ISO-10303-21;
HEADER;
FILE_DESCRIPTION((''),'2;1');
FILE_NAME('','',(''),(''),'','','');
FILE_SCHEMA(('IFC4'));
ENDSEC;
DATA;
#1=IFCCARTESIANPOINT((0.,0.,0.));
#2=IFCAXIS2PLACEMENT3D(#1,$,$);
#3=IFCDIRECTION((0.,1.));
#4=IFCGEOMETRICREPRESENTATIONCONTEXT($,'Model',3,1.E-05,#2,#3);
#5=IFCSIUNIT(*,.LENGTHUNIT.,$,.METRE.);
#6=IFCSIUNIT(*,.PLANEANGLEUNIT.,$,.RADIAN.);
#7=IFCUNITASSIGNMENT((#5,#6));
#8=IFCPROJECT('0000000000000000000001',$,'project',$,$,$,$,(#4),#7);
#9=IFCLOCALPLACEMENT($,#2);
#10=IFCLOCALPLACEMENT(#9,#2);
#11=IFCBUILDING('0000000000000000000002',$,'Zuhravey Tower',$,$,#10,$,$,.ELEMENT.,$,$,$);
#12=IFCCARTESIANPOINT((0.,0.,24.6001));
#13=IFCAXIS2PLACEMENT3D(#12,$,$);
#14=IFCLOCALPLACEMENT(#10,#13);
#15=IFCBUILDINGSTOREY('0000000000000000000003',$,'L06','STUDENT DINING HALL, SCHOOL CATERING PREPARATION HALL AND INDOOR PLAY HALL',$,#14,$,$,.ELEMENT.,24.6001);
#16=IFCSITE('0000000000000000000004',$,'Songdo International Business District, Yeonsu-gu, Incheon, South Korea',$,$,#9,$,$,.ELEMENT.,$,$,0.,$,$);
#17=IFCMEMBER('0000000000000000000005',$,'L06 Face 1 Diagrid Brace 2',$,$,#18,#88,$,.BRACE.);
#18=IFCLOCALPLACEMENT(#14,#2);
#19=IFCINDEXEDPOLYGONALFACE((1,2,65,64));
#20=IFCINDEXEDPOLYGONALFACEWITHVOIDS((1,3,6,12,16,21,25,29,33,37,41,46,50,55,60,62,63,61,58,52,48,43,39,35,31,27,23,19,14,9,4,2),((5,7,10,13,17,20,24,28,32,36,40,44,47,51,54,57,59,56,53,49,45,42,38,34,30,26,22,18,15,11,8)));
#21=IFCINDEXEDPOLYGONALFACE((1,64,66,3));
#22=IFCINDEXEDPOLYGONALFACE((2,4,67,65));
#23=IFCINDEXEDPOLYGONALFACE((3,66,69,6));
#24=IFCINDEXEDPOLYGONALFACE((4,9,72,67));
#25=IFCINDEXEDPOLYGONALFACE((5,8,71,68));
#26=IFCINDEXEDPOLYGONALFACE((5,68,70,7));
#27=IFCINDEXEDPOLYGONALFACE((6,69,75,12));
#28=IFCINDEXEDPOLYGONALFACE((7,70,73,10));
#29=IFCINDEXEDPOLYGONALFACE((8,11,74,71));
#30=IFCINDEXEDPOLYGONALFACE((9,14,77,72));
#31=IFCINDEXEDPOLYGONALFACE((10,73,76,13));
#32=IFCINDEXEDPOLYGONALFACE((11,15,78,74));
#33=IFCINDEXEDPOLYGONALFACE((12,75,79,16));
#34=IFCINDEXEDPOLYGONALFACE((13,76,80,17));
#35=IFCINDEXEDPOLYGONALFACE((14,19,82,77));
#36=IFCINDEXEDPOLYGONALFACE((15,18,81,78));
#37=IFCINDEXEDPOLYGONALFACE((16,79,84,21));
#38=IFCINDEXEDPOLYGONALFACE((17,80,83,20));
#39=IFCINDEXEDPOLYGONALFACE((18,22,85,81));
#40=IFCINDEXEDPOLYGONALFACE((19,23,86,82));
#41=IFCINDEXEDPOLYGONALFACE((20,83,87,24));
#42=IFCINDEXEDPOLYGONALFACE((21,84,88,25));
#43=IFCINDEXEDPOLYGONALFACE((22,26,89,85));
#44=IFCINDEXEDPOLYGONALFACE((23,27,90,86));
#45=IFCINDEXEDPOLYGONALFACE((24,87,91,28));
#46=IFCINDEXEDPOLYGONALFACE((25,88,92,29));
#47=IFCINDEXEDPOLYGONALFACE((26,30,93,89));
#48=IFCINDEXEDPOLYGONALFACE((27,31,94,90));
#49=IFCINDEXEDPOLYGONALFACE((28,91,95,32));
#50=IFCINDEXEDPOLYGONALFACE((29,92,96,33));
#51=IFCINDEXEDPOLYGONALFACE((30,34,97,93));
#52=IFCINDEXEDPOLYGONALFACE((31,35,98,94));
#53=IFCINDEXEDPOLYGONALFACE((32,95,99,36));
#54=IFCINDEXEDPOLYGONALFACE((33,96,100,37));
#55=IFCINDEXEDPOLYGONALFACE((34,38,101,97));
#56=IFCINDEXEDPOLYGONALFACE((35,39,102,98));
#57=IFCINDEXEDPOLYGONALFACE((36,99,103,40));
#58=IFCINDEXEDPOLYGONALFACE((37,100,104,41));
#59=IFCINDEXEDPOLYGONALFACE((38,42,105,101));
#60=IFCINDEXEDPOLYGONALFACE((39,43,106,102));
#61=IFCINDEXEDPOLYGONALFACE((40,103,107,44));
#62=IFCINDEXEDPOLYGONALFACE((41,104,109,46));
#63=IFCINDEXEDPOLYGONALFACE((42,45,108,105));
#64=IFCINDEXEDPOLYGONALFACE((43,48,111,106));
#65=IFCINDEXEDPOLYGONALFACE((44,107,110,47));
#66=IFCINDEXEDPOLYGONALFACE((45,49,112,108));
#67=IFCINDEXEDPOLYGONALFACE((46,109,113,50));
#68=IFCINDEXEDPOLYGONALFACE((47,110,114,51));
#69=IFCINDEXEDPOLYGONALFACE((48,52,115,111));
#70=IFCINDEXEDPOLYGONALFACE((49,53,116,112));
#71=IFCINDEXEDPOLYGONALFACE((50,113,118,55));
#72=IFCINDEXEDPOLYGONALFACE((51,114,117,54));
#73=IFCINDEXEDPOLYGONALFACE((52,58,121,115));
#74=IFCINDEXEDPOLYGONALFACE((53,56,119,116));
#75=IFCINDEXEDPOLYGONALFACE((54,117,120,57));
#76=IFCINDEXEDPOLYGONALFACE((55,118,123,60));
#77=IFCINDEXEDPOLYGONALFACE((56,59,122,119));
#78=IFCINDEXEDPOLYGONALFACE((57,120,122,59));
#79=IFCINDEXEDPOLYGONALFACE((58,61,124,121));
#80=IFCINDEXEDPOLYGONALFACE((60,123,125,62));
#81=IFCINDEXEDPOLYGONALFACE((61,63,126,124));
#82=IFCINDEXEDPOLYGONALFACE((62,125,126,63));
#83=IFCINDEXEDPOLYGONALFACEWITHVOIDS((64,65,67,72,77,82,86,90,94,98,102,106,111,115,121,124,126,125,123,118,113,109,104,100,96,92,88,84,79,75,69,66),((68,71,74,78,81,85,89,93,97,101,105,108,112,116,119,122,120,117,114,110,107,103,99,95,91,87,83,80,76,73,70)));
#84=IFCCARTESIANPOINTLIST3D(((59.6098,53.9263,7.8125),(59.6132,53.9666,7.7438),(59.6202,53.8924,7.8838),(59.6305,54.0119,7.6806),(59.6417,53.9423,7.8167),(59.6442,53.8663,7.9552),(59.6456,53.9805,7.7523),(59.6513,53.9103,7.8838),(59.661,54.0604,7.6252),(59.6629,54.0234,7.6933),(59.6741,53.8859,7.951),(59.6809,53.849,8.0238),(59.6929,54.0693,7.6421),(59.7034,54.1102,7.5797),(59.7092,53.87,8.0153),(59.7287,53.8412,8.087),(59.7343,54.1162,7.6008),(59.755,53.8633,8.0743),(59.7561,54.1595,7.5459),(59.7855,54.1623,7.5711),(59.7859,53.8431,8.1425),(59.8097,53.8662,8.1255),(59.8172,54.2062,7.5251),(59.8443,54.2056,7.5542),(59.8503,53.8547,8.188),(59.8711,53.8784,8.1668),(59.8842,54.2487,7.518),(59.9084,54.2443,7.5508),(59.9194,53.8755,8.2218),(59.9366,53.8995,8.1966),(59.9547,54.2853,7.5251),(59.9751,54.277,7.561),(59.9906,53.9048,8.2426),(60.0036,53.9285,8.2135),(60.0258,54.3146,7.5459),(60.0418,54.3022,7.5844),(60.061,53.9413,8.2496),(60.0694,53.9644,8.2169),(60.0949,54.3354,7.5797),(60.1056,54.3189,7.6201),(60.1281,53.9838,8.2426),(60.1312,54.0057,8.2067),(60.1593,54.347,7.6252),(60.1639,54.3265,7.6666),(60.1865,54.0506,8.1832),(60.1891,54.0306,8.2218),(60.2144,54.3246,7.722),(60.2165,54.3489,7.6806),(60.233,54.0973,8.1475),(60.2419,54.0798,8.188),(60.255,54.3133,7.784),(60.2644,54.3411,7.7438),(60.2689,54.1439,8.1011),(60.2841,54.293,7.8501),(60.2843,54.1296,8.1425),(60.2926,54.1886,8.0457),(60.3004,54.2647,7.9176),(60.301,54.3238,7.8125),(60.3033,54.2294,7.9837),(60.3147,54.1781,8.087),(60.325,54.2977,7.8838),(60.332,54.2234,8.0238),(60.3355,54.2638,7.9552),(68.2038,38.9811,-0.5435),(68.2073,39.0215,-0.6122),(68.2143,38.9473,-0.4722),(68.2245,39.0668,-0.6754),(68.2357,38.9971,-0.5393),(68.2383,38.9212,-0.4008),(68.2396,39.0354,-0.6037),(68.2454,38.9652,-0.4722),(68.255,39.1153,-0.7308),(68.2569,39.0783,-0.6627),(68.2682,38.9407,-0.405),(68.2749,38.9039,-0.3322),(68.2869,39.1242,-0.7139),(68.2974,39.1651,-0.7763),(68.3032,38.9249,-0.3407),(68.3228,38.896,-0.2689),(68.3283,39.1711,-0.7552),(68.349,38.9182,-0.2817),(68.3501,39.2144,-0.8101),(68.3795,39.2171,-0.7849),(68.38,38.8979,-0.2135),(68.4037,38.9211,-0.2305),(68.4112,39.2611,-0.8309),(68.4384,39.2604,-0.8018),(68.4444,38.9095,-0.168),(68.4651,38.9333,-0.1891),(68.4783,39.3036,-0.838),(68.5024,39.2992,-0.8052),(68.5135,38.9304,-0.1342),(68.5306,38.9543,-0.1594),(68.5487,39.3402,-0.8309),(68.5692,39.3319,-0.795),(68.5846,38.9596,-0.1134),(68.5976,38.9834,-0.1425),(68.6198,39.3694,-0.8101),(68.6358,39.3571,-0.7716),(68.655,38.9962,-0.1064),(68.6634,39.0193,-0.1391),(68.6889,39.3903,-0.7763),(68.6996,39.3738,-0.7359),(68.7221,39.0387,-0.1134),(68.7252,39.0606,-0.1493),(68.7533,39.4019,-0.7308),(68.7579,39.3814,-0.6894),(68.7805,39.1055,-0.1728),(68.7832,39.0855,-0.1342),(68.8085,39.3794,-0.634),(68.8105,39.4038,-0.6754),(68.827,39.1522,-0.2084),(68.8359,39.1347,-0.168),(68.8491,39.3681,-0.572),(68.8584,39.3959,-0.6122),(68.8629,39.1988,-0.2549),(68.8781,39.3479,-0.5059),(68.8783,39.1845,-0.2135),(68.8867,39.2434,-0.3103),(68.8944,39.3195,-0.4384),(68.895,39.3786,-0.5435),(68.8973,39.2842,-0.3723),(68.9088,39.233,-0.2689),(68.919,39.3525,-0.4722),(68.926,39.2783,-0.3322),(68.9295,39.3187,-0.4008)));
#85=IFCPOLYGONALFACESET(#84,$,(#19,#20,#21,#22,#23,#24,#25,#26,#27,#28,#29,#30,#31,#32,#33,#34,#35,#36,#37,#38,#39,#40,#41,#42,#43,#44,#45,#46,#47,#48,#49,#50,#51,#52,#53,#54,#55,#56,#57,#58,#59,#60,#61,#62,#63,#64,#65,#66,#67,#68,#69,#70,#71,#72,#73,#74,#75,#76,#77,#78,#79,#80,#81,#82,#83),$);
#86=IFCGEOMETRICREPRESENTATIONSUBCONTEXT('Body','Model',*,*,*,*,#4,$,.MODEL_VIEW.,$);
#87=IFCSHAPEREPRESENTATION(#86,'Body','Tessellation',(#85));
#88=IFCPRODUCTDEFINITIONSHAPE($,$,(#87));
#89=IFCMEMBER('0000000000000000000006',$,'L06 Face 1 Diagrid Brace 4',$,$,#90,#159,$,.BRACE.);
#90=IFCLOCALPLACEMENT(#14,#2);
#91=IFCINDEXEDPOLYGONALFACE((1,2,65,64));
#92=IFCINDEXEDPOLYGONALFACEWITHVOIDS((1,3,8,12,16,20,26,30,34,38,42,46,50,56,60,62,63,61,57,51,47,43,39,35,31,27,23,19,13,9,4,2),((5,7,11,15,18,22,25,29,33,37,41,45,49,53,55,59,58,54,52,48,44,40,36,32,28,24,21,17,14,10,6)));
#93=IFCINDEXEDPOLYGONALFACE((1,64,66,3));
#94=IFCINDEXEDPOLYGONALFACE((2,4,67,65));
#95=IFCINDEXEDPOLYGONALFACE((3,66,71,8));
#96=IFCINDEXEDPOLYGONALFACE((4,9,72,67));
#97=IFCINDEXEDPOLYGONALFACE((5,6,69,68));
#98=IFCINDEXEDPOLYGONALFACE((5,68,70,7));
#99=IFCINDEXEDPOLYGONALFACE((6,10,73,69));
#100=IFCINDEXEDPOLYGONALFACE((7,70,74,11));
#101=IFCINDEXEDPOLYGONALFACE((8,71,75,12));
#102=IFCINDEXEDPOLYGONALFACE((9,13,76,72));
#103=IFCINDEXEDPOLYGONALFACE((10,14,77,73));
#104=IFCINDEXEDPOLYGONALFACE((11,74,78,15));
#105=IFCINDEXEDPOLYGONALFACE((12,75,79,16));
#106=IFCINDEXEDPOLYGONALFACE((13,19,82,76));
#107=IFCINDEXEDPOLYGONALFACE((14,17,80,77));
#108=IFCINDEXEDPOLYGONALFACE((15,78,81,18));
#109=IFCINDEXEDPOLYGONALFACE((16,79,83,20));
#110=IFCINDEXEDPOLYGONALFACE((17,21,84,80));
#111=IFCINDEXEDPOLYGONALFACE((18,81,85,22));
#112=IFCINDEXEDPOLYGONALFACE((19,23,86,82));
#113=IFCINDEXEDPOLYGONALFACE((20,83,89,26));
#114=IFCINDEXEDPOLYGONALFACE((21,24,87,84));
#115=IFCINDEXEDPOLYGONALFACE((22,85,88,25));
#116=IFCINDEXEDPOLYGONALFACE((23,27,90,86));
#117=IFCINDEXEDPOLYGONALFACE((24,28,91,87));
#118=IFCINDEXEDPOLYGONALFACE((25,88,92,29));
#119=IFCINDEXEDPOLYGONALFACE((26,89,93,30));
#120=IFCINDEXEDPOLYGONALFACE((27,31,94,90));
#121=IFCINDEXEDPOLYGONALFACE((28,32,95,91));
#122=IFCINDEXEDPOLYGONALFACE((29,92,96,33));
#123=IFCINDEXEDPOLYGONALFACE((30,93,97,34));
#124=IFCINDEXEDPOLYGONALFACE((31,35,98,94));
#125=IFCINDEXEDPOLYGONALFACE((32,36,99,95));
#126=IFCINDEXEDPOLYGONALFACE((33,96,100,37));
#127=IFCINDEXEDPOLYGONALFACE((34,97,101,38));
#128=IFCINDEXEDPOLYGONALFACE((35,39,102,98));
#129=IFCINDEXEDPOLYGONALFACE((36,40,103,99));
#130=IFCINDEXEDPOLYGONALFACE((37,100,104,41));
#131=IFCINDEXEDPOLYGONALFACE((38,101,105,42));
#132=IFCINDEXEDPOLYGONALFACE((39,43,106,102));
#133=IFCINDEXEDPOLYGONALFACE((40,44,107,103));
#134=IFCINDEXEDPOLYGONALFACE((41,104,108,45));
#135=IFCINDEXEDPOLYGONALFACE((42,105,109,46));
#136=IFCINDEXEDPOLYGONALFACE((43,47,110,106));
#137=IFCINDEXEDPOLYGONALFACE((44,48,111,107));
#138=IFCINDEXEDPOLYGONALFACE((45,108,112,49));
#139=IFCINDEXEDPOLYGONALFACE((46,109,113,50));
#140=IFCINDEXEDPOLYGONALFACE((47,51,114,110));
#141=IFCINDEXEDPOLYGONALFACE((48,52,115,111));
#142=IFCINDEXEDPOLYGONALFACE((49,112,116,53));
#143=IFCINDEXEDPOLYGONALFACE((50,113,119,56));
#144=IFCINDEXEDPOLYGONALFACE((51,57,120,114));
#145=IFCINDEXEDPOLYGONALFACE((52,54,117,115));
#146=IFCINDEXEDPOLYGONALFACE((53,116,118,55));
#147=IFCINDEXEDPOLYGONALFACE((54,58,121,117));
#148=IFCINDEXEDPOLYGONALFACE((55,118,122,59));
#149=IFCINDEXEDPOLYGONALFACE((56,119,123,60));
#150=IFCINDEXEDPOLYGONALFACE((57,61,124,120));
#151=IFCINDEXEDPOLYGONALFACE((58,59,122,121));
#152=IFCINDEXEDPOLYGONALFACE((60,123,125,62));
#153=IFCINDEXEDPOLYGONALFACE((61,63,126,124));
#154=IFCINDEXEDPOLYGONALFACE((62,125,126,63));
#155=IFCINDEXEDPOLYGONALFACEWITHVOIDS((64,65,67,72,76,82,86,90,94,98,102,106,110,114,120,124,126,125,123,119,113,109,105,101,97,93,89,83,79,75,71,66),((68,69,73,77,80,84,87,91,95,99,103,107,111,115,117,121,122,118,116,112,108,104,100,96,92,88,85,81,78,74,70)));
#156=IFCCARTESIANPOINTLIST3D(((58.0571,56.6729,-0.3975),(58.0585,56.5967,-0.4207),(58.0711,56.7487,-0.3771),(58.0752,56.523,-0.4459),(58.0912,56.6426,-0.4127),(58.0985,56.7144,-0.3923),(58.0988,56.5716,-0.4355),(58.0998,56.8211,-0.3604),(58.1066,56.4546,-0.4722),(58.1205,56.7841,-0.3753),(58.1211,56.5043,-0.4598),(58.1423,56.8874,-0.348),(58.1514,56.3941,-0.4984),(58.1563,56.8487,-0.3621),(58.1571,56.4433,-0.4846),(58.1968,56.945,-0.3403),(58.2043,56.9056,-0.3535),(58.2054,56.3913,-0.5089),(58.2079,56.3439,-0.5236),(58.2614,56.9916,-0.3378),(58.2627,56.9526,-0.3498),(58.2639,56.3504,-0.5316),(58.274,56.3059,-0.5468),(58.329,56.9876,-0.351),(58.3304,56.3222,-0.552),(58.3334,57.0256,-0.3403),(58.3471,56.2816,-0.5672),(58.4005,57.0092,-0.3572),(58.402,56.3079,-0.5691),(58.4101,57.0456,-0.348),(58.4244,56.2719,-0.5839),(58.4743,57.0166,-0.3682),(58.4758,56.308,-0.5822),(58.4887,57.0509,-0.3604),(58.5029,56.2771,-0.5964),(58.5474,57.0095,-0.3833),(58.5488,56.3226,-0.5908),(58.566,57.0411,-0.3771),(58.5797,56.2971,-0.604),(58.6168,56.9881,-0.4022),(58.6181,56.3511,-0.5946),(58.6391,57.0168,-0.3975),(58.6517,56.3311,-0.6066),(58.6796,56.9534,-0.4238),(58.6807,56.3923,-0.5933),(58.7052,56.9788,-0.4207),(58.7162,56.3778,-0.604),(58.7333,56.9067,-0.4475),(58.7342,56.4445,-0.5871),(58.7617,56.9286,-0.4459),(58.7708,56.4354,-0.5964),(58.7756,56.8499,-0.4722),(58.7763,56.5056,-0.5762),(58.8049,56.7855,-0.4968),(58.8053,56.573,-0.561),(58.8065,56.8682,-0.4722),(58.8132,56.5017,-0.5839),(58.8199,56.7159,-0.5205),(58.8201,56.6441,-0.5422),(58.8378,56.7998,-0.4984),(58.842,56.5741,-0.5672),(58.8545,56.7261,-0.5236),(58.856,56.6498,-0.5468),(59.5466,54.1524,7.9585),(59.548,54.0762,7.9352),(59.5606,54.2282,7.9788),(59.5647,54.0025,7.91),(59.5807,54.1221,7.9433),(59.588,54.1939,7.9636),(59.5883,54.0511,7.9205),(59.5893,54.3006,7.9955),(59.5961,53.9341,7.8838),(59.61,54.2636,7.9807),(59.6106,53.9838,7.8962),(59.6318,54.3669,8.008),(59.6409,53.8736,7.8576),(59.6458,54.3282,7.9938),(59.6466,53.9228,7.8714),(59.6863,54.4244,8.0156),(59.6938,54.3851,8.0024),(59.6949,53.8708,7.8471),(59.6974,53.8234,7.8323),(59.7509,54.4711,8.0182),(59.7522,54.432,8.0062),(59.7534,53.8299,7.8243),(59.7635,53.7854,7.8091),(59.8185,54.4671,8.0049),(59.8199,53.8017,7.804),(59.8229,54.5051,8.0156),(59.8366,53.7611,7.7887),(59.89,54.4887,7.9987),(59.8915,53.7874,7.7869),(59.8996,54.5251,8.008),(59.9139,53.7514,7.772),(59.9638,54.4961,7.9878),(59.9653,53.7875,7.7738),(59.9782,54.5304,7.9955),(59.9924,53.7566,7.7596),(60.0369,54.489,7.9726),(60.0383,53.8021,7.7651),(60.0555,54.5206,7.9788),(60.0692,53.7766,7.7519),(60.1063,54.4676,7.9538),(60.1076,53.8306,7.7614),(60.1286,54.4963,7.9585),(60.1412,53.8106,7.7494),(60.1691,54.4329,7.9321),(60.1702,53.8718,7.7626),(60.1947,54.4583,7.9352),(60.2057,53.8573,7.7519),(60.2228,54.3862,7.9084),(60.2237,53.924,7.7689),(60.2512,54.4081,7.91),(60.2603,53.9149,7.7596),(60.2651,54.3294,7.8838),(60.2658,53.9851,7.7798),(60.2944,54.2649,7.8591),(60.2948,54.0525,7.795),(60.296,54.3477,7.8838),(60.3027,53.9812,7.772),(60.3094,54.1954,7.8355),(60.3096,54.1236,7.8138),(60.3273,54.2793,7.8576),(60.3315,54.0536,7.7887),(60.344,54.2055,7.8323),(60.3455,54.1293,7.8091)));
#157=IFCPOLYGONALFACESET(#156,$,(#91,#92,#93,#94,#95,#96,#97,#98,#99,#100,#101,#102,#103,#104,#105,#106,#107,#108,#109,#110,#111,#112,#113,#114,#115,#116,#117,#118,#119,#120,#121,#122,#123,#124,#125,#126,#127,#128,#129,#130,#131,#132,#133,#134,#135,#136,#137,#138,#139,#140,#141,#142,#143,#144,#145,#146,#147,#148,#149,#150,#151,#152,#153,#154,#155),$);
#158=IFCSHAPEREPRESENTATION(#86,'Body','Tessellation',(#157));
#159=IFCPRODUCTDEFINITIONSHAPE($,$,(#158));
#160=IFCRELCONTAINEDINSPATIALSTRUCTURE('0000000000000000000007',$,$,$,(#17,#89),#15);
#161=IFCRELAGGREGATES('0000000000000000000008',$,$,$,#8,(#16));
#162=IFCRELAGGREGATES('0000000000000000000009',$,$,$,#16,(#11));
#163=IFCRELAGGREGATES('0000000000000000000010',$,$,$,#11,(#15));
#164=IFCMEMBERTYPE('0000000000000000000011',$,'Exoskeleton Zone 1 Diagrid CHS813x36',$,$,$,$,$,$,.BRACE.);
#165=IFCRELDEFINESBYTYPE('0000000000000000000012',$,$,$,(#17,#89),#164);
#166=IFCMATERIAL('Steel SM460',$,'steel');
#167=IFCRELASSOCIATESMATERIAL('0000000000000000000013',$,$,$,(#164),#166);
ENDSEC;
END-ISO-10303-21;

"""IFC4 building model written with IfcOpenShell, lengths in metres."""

from ifc_helpers import new_model, si_unit, direction, frame, origin, origin_2d, place, context, subcontext, project, spatial, hollow_circle, extrude, material, material_profile, profile_set, type_object, element, save


model = new_model("IFC4")

# Units and contexts
model_context = context("Model", 3, precision=1e-05, world=origin(), true_north=direction((0.0, 1.0)))
body_context = subcontext(model_context, "Body", "Model", "MODEL_VIEW")
ifc_project = project(units=[si_unit("LENGTHUNIT", "METRE"), si_unit("PLANEANGLEUNIT", "RADIAN")], contexts=[model_context])

# Site, building, storey
site_placement = place(None, origin())
site = spatial("IfcSite", under=ifc_project, at=site_placement, Name="Songdo International Business District, Yeonsu-gu, Incheon, South Korea", CompositionType="ELEMENT", RefElevation=0.0)
building_placement = place(site_placement, origin())
building = spatial("IfcBuilding", under=site, at=building_placement, Name="Zuhravey Tower", CompositionType="ELEMENT")
storey_placement = place(building_placement, frame((0.0, 0.0, 24.6001)))
storey = spatial("IfcBuildingStorey", under=building, at=storey_placement, Name="L06", Description="STUDENT DINING HALL, SCHOOL CATERING PREPARATION HALL AND INDOOR PLAY HALL", CompositionType="ELEMENT", Elevation=24.6001)

# Members
ifc_material_1 = material(Name="Steel SM460", Category="steel")
ifc_material_profile_1 = material_profile(ifc_material_1, hollow_circle(Radius=0.4065, WallThickness=0.0359, at=origin_2d()), Name="CHS-812.8x36")
ifc_profile_set_1 = profile_set([ifc_material_profile_1], Name="Steel SM460")
member_type_1 = type_object("IfcMemberType", Name="Exoskeleton Zone 1 Diagrid CHS813x36", PredefinedType="BRACE", material=ifc_profile_set_1)
member_1_placement = place(storey_placement, frame((68.5667, 39.1499, -0.4722), z_axis=(-0.448582, 0.78009, 0.436157), x_axis=(-0.866892, -0.498496, 0.0)))
element("IfcMember", 1, at=member_1_placement, inside=storey, type_object=member_type_1, Name="L06 Face 1 Diagrid Brace 2", PredefinedType="BRACE", context=body_context, shape_type="SweptSolid", body=[
    extrude(hollow_circle(Radius=0.4065, WallThickness=0.0359, at=origin_2d()), origin(), (0.0, 0.0, 1.0), 19.1582),
])
member_2_placement = place(storey_placement, frame((58.4565, 56.6614, -0.4722), z_axis=(0.168229, -0.284674, 0.943748), x_axis=(0.86091, 0.508757, 0.0)))
element("IfcMember", 2, at=member_2_placement, inside=storey, type_object=member_type_1, Name="L06 Face 1 Diagrid Brace 4", PredefinedType="BRACE", context=body_context, shape_type="SweptSolid", body=[
    extrude(hollow_circle(Radius=0.4065, WallThickness=0.0359, at=origin_2d()), origin(), (0.0, 0.0, 1.0), 8.854),
])

save(model, "model.ifc")
